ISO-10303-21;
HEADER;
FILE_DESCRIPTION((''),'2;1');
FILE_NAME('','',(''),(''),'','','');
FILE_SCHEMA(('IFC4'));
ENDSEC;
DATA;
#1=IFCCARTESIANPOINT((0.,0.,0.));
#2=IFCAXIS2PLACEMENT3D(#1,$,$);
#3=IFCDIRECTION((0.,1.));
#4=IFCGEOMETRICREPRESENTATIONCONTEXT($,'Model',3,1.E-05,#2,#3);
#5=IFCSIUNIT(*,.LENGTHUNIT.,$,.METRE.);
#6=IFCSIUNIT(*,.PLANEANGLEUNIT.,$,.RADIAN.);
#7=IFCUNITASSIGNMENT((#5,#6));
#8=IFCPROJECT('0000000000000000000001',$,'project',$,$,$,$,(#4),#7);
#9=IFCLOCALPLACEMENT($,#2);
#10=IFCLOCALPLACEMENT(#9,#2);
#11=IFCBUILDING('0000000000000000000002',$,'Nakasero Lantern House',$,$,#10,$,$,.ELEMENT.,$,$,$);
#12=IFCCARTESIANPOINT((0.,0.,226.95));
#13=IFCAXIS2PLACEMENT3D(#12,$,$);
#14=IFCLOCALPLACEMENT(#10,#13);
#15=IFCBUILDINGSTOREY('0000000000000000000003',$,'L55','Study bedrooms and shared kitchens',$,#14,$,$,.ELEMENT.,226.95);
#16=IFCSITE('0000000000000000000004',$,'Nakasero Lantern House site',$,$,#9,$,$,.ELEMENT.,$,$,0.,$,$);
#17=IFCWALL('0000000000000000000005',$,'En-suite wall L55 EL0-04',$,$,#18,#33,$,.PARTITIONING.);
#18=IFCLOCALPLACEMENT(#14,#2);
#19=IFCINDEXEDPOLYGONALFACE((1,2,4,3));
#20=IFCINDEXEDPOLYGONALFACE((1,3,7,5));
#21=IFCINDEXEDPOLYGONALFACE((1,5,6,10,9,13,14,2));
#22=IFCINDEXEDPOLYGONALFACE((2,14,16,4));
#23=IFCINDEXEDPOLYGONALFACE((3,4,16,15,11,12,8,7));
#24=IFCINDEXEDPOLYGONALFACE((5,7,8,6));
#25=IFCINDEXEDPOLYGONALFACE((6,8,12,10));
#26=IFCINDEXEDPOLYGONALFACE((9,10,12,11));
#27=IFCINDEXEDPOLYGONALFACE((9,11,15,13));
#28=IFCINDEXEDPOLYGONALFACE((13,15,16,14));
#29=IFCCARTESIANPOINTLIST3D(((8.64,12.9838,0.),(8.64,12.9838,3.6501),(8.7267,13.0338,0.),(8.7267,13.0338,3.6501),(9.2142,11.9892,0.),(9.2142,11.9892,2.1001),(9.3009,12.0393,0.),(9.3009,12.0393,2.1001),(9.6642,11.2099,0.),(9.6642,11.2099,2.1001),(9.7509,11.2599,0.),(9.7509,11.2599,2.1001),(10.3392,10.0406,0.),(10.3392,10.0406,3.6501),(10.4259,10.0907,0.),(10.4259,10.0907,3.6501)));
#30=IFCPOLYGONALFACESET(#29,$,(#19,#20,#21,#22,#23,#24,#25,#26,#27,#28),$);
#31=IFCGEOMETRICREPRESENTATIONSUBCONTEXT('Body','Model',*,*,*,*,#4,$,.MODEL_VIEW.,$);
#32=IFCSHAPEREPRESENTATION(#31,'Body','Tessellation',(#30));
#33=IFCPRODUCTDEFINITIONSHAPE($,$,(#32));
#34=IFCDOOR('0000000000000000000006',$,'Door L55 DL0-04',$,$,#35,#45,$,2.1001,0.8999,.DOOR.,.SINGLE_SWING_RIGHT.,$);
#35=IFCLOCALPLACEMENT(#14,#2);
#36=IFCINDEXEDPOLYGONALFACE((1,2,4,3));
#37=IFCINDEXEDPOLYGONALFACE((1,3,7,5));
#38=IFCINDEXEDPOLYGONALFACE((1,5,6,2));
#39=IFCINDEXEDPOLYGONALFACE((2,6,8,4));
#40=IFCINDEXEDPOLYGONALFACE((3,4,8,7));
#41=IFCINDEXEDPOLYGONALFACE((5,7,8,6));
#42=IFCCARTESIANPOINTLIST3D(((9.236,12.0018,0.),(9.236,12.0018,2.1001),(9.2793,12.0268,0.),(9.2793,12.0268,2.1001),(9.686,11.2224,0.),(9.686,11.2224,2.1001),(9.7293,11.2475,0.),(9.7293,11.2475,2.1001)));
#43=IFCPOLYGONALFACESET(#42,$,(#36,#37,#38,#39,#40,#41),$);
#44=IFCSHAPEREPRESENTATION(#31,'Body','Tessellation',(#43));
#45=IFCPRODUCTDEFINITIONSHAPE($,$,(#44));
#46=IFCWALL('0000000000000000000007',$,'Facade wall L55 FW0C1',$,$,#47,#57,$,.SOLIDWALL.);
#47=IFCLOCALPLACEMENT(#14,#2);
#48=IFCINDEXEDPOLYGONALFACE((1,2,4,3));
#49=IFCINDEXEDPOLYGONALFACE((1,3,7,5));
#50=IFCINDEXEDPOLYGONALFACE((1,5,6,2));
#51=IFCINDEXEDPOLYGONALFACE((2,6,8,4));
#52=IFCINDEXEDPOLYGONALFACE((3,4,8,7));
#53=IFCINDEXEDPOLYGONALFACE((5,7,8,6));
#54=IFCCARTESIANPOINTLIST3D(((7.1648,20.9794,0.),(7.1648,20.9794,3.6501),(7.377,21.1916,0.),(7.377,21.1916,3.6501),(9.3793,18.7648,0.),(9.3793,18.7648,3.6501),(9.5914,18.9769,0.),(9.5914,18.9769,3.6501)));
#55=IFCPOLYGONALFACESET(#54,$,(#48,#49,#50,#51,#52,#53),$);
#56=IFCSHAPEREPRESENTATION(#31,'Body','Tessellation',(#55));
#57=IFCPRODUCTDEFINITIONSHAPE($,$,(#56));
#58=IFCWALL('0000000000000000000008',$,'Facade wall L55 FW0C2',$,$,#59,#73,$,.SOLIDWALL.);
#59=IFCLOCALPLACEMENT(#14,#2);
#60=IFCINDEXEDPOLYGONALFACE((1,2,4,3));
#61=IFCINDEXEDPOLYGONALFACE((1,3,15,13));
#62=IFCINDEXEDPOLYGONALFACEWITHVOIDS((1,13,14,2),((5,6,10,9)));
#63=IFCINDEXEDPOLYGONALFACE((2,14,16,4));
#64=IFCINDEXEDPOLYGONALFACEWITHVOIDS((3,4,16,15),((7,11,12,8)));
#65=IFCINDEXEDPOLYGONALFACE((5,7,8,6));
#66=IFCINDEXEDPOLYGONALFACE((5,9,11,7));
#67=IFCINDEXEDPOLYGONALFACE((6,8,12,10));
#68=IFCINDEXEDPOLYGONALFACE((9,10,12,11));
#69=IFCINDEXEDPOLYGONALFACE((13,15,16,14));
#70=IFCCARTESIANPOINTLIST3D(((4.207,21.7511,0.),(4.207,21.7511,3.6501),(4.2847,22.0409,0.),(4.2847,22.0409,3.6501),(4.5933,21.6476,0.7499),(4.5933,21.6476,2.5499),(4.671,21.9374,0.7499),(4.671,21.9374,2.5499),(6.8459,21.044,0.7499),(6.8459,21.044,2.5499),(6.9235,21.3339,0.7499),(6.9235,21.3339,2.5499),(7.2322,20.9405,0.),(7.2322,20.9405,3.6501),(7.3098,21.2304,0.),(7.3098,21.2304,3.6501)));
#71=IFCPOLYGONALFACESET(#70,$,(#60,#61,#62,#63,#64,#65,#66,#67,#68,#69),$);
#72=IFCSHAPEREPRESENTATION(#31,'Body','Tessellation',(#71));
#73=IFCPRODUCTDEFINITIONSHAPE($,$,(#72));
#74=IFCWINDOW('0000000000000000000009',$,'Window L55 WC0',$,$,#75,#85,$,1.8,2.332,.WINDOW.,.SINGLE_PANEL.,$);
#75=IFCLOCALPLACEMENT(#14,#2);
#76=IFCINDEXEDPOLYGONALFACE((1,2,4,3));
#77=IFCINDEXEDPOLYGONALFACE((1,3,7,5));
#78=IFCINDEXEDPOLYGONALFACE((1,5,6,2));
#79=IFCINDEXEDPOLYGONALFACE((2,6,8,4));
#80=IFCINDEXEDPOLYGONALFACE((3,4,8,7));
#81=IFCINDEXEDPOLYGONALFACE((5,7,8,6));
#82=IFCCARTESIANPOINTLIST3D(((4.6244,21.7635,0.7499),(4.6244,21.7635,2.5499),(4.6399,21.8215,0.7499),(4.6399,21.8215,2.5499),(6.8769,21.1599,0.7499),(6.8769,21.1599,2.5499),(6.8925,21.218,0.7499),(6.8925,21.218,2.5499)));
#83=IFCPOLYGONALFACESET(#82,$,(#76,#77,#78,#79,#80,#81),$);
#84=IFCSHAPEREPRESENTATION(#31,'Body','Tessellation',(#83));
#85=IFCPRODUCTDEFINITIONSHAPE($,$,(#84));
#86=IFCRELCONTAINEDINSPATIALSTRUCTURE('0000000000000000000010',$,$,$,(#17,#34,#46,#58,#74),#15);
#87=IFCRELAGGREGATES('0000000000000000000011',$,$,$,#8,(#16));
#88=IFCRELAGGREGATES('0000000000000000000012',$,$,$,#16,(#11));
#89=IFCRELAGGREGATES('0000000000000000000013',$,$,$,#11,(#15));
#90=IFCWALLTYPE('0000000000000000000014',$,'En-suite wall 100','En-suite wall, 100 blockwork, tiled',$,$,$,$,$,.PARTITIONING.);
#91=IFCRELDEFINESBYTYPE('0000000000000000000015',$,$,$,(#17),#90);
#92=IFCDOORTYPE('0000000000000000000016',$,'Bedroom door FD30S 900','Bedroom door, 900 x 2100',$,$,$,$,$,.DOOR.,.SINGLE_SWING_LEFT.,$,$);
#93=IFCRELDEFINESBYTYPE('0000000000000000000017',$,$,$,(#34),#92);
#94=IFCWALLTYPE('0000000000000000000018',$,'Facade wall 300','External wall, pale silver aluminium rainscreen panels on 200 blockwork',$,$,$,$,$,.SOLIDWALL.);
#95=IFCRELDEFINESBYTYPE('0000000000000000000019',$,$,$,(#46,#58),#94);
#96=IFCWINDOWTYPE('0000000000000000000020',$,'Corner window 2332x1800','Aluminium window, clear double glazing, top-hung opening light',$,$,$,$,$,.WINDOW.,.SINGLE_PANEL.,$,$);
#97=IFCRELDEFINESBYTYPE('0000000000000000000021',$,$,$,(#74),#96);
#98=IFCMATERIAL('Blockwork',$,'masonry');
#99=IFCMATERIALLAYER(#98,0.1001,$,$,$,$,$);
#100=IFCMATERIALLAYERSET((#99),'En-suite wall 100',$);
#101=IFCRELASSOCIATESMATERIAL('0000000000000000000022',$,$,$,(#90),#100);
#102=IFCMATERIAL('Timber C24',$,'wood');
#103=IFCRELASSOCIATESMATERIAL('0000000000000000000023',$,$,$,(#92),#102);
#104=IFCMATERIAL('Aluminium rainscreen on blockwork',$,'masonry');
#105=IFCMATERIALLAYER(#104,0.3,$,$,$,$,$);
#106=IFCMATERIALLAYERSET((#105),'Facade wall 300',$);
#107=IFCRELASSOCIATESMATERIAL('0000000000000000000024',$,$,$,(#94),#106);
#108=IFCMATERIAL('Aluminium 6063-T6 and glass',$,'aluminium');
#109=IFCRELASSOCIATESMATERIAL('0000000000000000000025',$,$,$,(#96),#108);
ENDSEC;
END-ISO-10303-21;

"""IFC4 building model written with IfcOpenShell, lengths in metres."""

from ifc_helpers import new_model, si_unit, direction, frame, frame_2d, origin, place, context, subcontext, project, spatial, rectangle, extrude, material, layer, layer_set, type_object, element, fill, save


model = new_model("IFC4")

# Units and contexts
model_context = context("Model", 3, precision=1e-05, world=origin(), true_north=direction((0.0, 1.0)))
body_context = subcontext(model_context, "Body", "Model", "MODEL_VIEW")
ifc_project = project(units=[si_unit("LENGTHUNIT", "METRE"), si_unit("PLANEANGLEUNIT", "RADIAN")], contexts=[model_context])

# Site, building, storey
site_placement = place(None, origin())
site = spatial("IfcSite", under=ifc_project, at=site_placement, Name="Nakasero Lantern House site", CompositionType="ELEMENT", RefElevation=0.0)
building_placement = place(site_placement, origin())
building = spatial("IfcBuilding", under=site, at=building_placement, Name="Nakasero Lantern House", CompositionType="ELEMENT")
storey_placement = place(building_placement, frame((0.0, 0.0, 226.95)))
storey = spatial("IfcBuildingStorey", under=building, at=storey_placement, Name="L55", Description="Study bedrooms and shared kitchens", CompositionType="ELEMENT", Elevation=226.95)

# Shared definitions
ifc_material_1 = material(Name="Blockwork", Category="masonry")
ifc_layer_1 = layer(ifc_material_1, 0.1001)
ifc_layer_set_1 = layer_set([ifc_layer_1], Name="En-suite wall 100")
wall_type_1 = type_object("IfcWallType", Name="En-suite wall 100", Description="En-suite wall, 100 blockwork, tiled", PredefinedType="PARTITIONING", material=ifc_layer_set_1)

# Wall, opening, door
wall_1_placement = place(storey_placement, frame((10.3826, 10.0657, 0.0), z_axis=(0.0, 0.0, 1.0), x_axis=(-0.500002, 0.866024, 0.0)))
wall_1 = element("IfcWall", 1, at=wall_1_placement, inside=storey, type_object=wall_type_1, Name="En-suite wall L55 EL0-04", PredefinedType="PARTITIONING", context=body_context, shape_type="SweptSolid", body=[
    extrude(rectangle(XDim=3.3984, YDim=0.1001, at=frame_2d((1.6992, 0.0))), origin(), (0.0, 0.0, 1.0), 3.6501),
])
opening_1_placement = place(wall_1_placement, frame((1.3501, 0.0, 0.0)))
opening_1 = element("IfcOpeningElement", 2, at=opening_1_placement, cuts=wall_1, PredefinedType="OPENING", context=body_context, shape_type="SweptSolid", body=[
    extrude(rectangle(XDim=0.8999, YDim=2.1001, at=frame_2d((0.45, 1.05))), frame((0.0, 0.0701, 0.0), z_axis=(0.0, -1.0, 0.0), x_axis=(1.0, 0.0, 0.0)), (0.0, 0.0, 1.0), 0.1401),
])
ifc_material_2 = material(Name="Timber C24", Category="wood")
door_type_1 = type_object("IfcDoorType", Name="Bedroom door FD30S 900", Description="Bedroom door, 900 x 2100", OperationType="SINGLE_SWING_LEFT", PredefinedType="DOOR", material=ifc_material_2)
door_1_placement = place(opening_1_placement, origin())
door_1 = element("IfcDoor", 3, at=door_1_placement, inside=storey, type_object=door_type_1, Name="Door L55 DL0-04", OperationType="SINGLE_SWING_RIGHT", OverallHeight=2.1001, OverallWidth=0.8999, PredefinedType="DOOR", context=body_context, shape_type="SweptSolid", body=[
    extrude(rectangle(XDim=0.8999, YDim=2.1001, at=frame_2d((0.45, 1.05))), frame((0.0, 0.0249, 0.0), z_axis=(0.0, -1.0, 0.0), x_axis=(1.0, 0.0, 0.0)), (0.0, 0.0, 1.0), 0.05),
])
fill(opening_1, door_1)

# Wall
ifc_material_3 = material(Name="Aluminium rainscreen on blockwork", Category="masonry")
ifc_layer_2 = layer(ifc_material_3, 0.3)
ifc_layer_set_2 = layer_set([ifc_layer_2], Name="Facade wall 300")
wall_type_2 = type_object("IfcWallType", Name="Facade wall 300", Description="External wall, pale silver aluminium rainscreen panels on 200 blockwork", PredefinedType="SOLIDWALL", material=ifc_layer_set_2)
wall_2_placement = place(storey_placement, frame((9.4854, 18.8708, 0.0), z_axis=(0.0, 0.0, 1.0), x_axis=(-0.707068, 0.707146, 0.0)))
element("IfcWall", 4, at=wall_2_placement, inside=storey, type_object=wall_type_2, Name="Facade wall L55 FW0C1", PredefinedType="SOLIDWALL", context=body_context, shape_type="SweptSolid", body=[
    extrude(rectangle(XDim=3.1318, YDim=0.3, at=frame_2d((1.5659, 0.0))), origin(), (0.0, 0.0, 1.0), 3.6501),
])

# Wall, opening, window
wall_3_placement = place(storey_placement, frame((7.271, 21.0854, 0.0), z_axis=(0.0, 0.0, 1.0), x_axis=(-0.965929, 0.258808, 0.0)))
wall_3 = element("IfcWall", 5, at=wall_3_placement, inside=storey, type_object=wall_type_2, Name="Facade wall L55 FW0C2", PredefinedType="SOLIDWALL", context=body_context, shape_type="SweptSolid", body=[
    extrude(rectangle(XDim=3.1318, YDim=0.3, at=frame_2d((1.5659, 0.0))), origin(), (0.0, 0.0, 1.0), 3.6501),
])
opening_2_placement = place(wall_3_placement, frame((0.3999, 0.0, 0.75)))
opening_2 = element("IfcOpeningElement", 6, at=opening_2_placement, cuts=wall_3, PredefinedType="OPENING", context=body_context, shape_type="SweptSolid", body=[
    extrude(rectangle(XDim=2.332, YDim=1.8, at=frame_2d((1.166, 0.8999))), frame((0.0, 0.1699, 0.0), z_axis=(0.0, -1.0, 0.0), x_axis=(1.0, 0.0, 0.0)), (0.0, 0.0, 1.0), 0.3401),
])
ifc_material_4 = material(Name="Aluminium 6063-T6 and glass", Category="aluminium")
window_type = type_object("IfcWindowType", Name="Corner window 2332x1800", Description="Aluminium window, clear double glazing, top-hung opening light", PartitioningType="SINGLE_PANEL", PredefinedType="WINDOW", material=ifc_material_4)
window_placement = place(opening_2_placement, origin())
window = element("IfcWindow", 7, at=window_placement, inside=storey, type_object=window_type, Name="Window L55 WC0", OverallHeight=1.8, OverallWidth=2.332, PartitioningType="SINGLE_PANEL", PredefinedType="WINDOW", context=body_context, shape_type="SweptSolid", body=[
    extrude(rectangle(XDim=2.332, YDim=1.8, at=frame_2d((1.166, 0.8999))), frame((0.0, 0.03, 0.0), z_axis=(0.0, -1.0, 0.0), x_axis=(1.0, 0.0, 0.0)), (0.0, 0.0, 1.0), 0.0601),
])
fill(opening_2, window)

save(model, "model.ifc")
